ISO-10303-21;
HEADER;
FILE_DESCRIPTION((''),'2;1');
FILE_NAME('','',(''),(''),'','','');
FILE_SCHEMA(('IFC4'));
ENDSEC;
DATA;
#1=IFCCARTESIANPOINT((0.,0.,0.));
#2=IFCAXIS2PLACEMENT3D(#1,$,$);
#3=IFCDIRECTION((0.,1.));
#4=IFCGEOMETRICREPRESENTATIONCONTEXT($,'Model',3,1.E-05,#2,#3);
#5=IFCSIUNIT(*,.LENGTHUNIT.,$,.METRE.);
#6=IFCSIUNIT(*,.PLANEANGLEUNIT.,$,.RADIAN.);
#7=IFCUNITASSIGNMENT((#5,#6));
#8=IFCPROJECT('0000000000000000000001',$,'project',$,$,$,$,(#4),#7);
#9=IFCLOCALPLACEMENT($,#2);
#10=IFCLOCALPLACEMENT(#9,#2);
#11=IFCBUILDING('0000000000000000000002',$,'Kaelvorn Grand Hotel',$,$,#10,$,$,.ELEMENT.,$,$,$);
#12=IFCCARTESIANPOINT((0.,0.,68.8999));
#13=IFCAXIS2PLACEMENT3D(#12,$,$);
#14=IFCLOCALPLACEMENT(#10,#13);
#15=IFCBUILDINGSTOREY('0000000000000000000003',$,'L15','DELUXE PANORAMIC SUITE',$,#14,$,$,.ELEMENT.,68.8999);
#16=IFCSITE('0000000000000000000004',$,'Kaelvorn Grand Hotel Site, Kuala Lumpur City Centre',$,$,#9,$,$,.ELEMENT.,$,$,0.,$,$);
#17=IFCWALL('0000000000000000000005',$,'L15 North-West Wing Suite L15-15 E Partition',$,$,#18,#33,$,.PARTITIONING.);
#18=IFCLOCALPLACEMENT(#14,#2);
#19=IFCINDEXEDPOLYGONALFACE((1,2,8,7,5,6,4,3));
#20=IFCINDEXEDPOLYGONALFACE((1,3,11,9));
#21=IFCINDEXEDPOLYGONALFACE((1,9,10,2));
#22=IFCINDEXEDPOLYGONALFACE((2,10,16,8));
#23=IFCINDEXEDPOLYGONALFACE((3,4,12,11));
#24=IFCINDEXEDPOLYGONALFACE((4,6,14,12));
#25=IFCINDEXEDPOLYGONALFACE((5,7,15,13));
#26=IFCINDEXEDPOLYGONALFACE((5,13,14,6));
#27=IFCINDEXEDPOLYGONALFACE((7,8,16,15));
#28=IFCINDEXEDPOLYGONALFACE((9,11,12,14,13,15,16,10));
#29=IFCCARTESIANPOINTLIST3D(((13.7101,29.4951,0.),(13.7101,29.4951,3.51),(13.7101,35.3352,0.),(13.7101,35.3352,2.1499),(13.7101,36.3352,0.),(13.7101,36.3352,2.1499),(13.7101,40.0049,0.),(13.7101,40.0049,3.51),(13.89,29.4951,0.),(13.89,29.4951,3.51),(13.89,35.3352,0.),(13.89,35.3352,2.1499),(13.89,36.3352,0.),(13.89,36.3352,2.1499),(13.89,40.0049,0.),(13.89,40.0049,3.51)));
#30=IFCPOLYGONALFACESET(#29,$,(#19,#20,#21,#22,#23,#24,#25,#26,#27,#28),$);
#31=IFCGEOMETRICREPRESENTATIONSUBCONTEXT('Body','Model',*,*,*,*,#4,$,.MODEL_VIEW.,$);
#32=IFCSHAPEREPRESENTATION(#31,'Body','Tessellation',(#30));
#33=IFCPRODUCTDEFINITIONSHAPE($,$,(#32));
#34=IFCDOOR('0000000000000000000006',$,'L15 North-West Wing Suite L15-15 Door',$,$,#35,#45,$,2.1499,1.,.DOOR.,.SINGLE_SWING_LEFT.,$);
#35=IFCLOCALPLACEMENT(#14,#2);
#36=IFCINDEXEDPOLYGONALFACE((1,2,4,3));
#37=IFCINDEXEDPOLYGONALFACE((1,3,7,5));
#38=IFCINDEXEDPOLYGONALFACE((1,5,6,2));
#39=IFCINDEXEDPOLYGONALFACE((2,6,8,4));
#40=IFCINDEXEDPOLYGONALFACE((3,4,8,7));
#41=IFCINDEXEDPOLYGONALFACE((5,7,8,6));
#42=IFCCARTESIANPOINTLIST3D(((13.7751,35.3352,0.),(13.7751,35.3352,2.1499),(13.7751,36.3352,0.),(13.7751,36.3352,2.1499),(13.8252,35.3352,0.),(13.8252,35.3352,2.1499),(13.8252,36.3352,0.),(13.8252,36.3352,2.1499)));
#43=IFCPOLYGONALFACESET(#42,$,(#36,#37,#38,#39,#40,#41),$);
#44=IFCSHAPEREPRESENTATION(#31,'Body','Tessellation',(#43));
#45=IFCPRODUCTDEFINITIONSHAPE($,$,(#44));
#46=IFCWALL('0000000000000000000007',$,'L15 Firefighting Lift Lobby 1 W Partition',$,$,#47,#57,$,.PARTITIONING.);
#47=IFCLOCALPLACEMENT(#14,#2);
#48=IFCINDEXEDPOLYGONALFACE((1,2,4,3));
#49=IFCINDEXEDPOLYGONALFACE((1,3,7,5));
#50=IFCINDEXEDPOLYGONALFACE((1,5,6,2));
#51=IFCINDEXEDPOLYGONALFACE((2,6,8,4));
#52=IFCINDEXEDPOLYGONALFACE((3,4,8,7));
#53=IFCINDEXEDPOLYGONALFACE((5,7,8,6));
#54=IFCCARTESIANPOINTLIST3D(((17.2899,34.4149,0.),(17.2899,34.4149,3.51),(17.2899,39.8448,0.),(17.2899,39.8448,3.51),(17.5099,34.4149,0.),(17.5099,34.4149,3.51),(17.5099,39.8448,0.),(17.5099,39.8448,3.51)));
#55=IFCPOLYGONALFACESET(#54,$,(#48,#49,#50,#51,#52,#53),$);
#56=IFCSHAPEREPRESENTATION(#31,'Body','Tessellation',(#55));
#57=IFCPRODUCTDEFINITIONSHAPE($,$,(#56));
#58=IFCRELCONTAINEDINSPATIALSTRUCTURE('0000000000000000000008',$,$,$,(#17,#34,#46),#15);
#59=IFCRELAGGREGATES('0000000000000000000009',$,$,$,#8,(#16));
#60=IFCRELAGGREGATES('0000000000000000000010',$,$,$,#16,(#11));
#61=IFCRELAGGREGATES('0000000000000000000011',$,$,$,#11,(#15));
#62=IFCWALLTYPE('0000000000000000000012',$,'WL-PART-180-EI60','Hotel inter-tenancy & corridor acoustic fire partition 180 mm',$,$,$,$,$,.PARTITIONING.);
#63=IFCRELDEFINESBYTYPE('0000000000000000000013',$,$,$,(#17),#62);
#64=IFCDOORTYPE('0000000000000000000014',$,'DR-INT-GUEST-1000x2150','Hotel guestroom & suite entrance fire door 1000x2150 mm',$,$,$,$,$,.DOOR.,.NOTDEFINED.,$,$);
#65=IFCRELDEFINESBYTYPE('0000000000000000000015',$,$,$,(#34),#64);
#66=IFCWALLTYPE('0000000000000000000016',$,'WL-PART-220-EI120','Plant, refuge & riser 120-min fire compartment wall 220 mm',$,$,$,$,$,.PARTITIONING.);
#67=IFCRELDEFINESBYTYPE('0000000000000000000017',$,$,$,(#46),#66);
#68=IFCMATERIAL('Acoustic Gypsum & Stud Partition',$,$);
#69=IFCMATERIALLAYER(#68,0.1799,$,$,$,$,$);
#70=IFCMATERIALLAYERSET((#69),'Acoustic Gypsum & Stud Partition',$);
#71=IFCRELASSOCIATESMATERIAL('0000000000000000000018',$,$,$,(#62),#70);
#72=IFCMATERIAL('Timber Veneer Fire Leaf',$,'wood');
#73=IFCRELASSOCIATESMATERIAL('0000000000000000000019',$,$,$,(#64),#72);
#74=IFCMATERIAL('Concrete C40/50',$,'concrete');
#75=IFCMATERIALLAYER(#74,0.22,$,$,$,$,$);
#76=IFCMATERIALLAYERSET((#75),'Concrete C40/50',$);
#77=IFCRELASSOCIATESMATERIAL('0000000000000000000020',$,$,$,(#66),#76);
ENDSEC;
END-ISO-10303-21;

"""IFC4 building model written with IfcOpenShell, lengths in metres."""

from ifc_helpers import new_model, si_unit, direction, frame, frame_2d, origin, place, context, subcontext, project, spatial, rectangle, extrude, material, layer, layer_set, type_object, element, fill, save


model = new_model("IFC4")

# Units and contexts
model_context = context("Model", 3, precision=1e-05, world=origin(), true_north=direction((0.0, 1.0)))
body_context = subcontext(model_context, "Body", "Model", "MODEL_VIEW")
ifc_project = project(units=[si_unit("LENGTHUNIT", "METRE"), si_unit("PLANEANGLEUNIT", "RADIAN")], contexts=[model_context])

# Site, building, storey
site_placement = place(None, origin())
site = spatial("IfcSite", under=ifc_project, at=site_placement, Name="Kaelvorn Grand Hotel Site, Kuala Lumpur City Centre", CompositionType="ELEMENT", RefElevation=0.0)
building_placement = place(site_placement, origin())
building = spatial("IfcBuilding", under=site, at=building_placement, Name="Kaelvorn Grand Hotel", CompositionType="ELEMENT")
storey_placement = place(building_placement, frame((0.0, 0.0, 68.8999)))
storey = spatial("IfcBuildingStorey", under=building, at=storey_placement, Name="L15", Description="DELUXE PANORAMIC SUITE", CompositionType="ELEMENT", Elevation=68.8999)

# Shared definitions
ifc_material_1 = material(Name="Acoustic Gypsum & Stud Partition")
ifc_layer_1 = layer(ifc_material_1, 0.1799)
ifc_layer_set_1 = layer_set([ifc_layer_1], Name="Acoustic Gypsum & Stud Partition")
wall_type_1 = type_object("IfcWallType", Name="WL-PART-180-EI60", Description="Hotel inter-tenancy & corridor acoustic fire partition 180 mm", PredefinedType="PARTITIONING", material=ifc_layer_set_1)

# Wall, opening, door
wall_1_placement = place(storey_placement, frame((13.8, 29.4951, 0.0), z_axis=(0.0, 0.0, 1.0), x_axis=(0.0, 1.0, 0.0)))
wall_1 = element("IfcWall", 1, at=wall_1_placement, inside=storey, type_object=wall_type_1, Name="L15 North-West Wing Suite L15-15 E Partition", PredefinedType="PARTITIONING", context=body_context, shape_type="SweptSolid", body=[
    extrude(rectangle(XDim=10.5098, YDim=0.1799, at=frame_2d((5.2549, 0.0))), origin(), (0.0, 0.0, 1.0), 3.51),
])
opening_1_placement = place(wall_1_placement, frame((5.8401, 0.0, 0.0)))
opening_1 = element("IfcOpeningElement", 2, at=opening_1_placement, cuts=wall_1, PredefinedType="OPENING", context=body_context, shape_type="SweptSolid", body=[
    extrude(rectangle(XDim=1.0, YDim=2.1499, at=frame_2d((0.5, 1.075))), frame((0.0, 0.1001, 0.0), z_axis=(0.0, -1.0, 0.0), x_axis=(1.0, 0.0, 0.0)), (0.0, 0.0, 1.0), 0.2),
])
ifc_material_2 = material(Name="Timber Veneer Fire Leaf", Category="wood")
door_type_1 = type_object("IfcDoorType", Name="DR-INT-GUEST-1000x2150", Description="Hotel guestroom & suite entrance fire door 1000x2150 mm", OperationType="NOTDEFINED", PredefinedType="DOOR", material=ifc_material_2)
door_1_placement = place(opening_1_placement, origin())
door_1 = element("IfcDoor", 3, at=door_1_placement, inside=storey, type_object=door_type_1, Name="L15 North-West Wing Suite L15-15 Door", OperationType="SINGLE_SWING_LEFT", OverallHeight=2.1499, OverallWidth=1.0, PredefinedType="DOOR", context=body_context, shape_type="SweptSolid", body=[
    extrude(rectangle(XDim=1.0, YDim=2.1499, at=frame_2d((0.5, 1.075))), frame((0.0, 0.0249, 0.0), z_axis=(0.0, -1.0, 0.0), x_axis=(1.0, 0.0, 0.0)), (0.0, 0.0, 1.0), 0.05),
])
fill(opening_1, door_1)
ifc_material_3 = material(Name="Concrete C40/50", Category="concrete")
ifc_layer_2 = layer(ifc_material_3, 0.22)
ifc_layer_set_2 = layer_set([ifc_layer_2], Name="Concrete C40/50")
wall_type_2 = type_object("IfcWallType", Name="WL-PART-220-EI120", Description="Plant, refuge & riser 120-min fire compartment wall 220 mm", PredefinedType="PARTITIONING", material=ifc_layer_set_2)

# Wall
wall_2_placement = place(storey_placement, frame((17.3999, 34.415, 0.0), z_axis=(0.0, 0.0, 1.0), x_axis=(0.0, 1.0, 0.0)))
element("IfcWall", 4, at=wall_2_placement, inside=storey, type_object=wall_type_2, Name="L15 Firefighting Lift Lobby 1 W Partition", PredefinedType="PARTITIONING", context=body_context, shape_type="SweptSolid", body=[
    extrude(rectangle(XDim=5.4299, YDim=0.22, at=frame_2d((2.7148, 0.0))), origin(), (0.0, 0.0, 1.0), 3.51),
])

save(model, "model.ifc")
